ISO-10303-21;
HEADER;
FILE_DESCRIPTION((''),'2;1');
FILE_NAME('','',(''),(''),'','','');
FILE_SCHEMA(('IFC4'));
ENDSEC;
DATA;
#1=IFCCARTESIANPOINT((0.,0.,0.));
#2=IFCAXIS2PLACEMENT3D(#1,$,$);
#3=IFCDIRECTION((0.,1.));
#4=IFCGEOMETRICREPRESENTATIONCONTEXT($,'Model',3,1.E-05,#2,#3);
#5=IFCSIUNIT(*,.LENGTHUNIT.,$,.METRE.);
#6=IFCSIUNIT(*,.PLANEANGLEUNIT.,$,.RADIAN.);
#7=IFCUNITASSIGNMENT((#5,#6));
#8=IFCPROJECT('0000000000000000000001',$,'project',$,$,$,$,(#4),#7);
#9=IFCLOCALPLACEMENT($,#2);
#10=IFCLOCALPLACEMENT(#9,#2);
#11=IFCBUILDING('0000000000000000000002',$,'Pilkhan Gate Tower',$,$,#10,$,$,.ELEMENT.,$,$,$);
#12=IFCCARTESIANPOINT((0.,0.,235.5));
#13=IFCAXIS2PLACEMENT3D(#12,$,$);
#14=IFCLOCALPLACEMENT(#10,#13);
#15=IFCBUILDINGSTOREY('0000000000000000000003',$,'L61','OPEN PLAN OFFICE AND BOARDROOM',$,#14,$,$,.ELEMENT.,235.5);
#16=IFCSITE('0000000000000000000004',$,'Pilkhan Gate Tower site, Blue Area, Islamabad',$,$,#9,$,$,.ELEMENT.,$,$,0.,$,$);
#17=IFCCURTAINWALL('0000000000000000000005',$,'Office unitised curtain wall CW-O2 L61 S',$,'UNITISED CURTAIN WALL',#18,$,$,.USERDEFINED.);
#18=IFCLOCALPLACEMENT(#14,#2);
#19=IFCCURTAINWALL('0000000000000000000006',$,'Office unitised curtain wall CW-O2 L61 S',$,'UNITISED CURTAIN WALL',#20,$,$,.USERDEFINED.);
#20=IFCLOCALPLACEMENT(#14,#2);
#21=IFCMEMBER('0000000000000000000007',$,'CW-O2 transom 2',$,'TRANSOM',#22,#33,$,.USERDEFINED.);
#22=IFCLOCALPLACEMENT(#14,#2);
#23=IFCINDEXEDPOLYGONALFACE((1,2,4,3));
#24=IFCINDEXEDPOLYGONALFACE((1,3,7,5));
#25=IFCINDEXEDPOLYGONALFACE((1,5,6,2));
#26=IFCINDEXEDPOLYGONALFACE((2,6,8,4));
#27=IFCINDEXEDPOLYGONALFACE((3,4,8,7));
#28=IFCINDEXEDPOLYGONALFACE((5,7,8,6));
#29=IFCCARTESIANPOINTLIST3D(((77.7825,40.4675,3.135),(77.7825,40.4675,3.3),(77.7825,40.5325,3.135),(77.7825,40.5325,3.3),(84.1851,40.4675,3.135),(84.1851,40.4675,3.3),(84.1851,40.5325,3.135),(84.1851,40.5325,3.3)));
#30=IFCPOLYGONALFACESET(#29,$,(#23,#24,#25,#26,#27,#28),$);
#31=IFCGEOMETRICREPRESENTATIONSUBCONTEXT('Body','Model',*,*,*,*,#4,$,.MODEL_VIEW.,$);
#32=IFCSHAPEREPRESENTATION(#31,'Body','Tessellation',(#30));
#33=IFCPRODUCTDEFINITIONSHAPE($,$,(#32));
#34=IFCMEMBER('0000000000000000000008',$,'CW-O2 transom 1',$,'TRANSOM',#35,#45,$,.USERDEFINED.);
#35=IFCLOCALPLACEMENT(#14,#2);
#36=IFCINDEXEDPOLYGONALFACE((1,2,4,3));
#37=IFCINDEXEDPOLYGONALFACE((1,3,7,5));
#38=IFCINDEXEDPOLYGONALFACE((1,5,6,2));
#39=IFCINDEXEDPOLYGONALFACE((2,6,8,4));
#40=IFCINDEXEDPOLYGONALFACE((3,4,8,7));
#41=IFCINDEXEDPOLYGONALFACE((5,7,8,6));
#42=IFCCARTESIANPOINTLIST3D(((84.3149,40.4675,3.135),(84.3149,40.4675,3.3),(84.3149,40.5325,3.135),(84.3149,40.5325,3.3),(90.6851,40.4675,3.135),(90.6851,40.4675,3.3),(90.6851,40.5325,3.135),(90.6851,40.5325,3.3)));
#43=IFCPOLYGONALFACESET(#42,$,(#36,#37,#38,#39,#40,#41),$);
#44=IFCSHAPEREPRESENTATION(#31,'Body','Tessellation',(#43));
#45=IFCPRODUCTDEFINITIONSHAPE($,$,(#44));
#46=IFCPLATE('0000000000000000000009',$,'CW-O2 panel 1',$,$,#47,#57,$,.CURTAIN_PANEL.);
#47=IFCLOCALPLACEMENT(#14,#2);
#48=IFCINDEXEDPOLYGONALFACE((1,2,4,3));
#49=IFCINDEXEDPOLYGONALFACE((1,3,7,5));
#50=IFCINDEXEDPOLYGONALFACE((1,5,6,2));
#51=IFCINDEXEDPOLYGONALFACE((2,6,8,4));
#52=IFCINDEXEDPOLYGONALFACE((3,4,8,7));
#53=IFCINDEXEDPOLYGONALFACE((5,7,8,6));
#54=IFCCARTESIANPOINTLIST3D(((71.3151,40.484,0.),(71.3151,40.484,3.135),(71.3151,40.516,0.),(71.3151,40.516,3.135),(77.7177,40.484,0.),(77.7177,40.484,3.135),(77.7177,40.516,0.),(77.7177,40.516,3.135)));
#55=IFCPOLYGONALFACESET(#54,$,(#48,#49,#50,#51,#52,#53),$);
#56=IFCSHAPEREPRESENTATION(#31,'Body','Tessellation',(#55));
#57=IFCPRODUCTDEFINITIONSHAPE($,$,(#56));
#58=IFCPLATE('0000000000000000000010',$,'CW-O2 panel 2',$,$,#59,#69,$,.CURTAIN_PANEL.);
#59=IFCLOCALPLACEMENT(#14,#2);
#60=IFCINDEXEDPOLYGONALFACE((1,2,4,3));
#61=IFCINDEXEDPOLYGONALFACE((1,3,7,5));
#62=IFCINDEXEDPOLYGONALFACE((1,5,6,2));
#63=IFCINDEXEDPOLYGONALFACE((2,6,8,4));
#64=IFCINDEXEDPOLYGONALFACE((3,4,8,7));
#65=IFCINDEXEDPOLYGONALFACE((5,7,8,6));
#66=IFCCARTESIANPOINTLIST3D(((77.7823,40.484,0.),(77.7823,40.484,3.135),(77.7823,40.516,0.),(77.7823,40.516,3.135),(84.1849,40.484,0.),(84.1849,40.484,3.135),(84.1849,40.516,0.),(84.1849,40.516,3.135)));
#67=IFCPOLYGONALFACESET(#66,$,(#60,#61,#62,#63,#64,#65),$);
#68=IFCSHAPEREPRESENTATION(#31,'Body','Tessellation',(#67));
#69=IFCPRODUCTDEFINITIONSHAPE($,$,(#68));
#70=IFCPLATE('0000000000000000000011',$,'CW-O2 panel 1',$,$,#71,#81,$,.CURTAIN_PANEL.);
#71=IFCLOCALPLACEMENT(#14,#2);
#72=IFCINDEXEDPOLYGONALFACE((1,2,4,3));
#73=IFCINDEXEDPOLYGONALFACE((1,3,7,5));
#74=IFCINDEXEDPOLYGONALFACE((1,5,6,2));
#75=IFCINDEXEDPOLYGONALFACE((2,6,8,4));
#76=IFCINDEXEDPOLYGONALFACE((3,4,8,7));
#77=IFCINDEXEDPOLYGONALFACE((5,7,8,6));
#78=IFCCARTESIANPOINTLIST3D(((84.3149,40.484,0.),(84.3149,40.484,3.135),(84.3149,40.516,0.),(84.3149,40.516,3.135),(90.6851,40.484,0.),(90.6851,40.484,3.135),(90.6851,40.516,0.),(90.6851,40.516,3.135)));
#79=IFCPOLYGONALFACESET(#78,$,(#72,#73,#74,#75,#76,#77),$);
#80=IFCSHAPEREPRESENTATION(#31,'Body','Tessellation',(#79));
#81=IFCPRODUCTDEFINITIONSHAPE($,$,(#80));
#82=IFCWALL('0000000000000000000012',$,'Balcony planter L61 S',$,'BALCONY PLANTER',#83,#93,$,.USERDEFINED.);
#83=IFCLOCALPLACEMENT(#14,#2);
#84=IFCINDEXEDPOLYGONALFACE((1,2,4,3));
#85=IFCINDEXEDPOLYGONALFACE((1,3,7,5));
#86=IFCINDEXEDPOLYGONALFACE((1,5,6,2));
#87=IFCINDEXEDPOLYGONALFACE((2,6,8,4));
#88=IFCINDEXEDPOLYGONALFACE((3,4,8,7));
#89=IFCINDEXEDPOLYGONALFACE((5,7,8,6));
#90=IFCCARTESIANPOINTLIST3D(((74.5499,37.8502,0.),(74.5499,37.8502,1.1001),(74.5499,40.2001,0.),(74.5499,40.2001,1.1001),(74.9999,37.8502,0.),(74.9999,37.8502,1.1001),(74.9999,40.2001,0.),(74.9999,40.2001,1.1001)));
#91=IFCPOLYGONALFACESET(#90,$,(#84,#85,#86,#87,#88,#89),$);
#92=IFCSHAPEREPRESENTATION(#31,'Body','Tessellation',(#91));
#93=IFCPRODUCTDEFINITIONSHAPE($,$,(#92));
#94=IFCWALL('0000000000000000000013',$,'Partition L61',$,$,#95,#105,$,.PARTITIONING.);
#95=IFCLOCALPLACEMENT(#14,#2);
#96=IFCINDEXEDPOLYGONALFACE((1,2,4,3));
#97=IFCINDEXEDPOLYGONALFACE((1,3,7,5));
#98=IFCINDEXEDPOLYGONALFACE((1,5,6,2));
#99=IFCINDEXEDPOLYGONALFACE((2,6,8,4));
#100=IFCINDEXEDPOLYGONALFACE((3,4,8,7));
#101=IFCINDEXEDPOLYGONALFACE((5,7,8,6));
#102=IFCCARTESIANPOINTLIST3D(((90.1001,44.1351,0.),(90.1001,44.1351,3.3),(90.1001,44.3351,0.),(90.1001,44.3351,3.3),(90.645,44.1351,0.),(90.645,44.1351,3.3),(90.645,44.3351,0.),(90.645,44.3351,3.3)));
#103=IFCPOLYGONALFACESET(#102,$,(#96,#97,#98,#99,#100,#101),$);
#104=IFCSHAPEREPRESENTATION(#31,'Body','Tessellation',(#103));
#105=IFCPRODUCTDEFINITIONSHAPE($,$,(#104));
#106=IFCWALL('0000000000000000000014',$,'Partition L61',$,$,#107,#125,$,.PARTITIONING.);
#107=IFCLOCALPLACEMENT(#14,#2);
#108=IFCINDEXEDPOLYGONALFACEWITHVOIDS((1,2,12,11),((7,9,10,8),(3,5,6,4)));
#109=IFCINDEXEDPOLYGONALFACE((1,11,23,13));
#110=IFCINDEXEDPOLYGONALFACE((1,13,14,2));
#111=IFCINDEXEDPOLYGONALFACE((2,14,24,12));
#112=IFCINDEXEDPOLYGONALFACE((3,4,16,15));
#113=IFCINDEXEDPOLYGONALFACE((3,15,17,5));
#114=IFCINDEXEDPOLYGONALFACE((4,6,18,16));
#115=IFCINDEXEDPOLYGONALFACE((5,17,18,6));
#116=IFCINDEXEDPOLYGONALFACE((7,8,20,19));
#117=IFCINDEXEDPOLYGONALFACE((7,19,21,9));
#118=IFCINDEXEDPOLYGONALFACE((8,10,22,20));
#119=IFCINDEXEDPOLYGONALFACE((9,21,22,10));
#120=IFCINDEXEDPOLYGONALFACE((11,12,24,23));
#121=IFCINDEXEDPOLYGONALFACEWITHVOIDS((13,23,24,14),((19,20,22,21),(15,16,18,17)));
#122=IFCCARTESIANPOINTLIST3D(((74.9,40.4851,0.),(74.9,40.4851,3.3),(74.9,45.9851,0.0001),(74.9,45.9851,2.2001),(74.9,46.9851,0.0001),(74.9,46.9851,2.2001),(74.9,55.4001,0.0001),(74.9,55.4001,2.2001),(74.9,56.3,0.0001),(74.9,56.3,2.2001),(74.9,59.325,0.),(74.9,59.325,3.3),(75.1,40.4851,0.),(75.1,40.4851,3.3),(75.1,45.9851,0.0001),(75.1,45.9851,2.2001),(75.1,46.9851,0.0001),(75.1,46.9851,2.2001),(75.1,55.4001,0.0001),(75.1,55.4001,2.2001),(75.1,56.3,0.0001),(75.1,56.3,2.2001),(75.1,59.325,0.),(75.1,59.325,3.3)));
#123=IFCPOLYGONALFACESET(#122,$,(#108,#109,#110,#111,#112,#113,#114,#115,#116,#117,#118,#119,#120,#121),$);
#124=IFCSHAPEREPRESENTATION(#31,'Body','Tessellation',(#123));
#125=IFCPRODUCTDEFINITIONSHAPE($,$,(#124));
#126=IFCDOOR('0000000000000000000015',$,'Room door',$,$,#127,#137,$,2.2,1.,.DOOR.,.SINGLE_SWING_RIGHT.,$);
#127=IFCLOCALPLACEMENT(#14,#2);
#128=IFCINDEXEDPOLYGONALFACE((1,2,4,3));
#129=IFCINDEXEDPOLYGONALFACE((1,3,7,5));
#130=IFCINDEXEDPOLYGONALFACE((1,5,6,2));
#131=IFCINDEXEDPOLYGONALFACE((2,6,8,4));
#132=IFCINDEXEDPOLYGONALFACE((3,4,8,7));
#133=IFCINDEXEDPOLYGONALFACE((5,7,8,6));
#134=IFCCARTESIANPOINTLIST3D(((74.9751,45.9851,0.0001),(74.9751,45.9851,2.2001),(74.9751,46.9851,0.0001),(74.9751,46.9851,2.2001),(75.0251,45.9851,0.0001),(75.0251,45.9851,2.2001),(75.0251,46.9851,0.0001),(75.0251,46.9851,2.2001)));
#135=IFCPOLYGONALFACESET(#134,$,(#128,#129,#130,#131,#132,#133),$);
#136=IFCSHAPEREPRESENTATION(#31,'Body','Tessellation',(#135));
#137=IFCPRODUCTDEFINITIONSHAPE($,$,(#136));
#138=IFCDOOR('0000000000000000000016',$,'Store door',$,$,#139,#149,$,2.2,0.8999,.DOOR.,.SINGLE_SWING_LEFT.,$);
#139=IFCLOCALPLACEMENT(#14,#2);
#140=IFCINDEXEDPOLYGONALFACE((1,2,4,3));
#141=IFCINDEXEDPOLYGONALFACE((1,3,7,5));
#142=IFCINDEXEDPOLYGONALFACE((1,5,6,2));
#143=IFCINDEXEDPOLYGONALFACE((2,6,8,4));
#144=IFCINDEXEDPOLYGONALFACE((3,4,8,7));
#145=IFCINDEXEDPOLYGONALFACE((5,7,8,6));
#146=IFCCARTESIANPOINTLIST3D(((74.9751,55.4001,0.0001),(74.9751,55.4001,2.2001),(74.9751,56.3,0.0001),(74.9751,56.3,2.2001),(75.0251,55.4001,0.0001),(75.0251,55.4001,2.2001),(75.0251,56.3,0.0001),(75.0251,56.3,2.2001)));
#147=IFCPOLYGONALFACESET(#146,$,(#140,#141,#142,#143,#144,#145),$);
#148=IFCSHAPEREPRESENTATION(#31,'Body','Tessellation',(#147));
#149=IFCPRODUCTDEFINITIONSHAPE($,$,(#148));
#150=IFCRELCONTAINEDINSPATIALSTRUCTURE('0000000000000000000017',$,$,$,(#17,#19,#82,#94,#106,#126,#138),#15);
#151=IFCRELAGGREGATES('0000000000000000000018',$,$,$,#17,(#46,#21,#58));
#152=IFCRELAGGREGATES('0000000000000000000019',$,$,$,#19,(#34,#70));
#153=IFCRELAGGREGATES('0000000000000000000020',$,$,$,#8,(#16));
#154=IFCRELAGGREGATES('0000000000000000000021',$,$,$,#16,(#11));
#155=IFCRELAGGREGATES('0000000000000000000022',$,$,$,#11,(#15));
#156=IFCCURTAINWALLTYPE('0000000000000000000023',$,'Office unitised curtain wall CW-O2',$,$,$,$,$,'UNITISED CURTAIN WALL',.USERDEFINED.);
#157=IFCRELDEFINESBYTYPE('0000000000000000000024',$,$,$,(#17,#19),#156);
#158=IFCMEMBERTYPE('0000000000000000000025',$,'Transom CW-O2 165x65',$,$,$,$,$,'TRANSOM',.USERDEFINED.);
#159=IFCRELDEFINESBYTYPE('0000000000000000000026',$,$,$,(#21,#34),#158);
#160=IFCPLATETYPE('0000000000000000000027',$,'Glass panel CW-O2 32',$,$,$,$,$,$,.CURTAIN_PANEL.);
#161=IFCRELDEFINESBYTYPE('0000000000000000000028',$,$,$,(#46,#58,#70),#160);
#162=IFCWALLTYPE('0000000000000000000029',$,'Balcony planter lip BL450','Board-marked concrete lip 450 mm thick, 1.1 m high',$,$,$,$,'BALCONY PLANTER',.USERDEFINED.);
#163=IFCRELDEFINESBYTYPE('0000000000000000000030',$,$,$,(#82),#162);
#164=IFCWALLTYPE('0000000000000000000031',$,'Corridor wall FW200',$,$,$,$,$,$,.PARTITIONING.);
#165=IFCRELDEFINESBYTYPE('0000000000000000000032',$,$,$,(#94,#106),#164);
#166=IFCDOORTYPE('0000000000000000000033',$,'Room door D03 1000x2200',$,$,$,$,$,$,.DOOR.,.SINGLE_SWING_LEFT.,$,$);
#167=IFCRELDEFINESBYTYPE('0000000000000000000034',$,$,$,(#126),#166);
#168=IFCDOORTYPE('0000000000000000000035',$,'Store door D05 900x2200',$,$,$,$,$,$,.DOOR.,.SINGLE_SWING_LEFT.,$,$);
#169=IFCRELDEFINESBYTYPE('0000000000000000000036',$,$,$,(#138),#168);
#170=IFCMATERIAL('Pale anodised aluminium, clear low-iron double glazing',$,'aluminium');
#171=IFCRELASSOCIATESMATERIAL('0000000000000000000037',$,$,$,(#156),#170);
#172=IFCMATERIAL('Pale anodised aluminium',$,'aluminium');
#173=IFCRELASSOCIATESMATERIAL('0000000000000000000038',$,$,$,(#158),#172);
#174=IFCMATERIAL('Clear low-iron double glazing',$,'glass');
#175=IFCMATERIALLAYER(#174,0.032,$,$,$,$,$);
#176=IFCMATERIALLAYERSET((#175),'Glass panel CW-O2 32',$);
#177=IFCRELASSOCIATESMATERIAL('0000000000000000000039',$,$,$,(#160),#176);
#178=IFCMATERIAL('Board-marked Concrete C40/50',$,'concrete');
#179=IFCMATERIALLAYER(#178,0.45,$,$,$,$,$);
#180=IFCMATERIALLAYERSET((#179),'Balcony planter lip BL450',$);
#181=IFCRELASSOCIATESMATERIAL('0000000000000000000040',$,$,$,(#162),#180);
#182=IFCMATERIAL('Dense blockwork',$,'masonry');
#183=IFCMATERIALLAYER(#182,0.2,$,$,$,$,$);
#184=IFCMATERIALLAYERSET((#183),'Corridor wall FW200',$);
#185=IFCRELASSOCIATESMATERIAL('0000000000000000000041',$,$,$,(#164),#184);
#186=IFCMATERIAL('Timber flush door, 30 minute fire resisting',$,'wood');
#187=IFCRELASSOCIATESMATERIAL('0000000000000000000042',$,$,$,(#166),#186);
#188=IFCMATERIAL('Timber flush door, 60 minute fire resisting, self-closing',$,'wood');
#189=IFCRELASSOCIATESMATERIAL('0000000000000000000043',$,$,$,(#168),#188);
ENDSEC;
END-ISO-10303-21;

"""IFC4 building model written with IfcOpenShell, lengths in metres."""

from ifc_helpers import new_model, si_unit, direction, frame, frame_2d, origin, origin_2d, place, context, subcontext, project, spatial, rectangle, extrude, material, layer, layer_set, material_profile, profile_set, type_object, element, fill, aggregate, save


model = new_model("IFC4")

# Units and contexts
model_context = context("Model", 3, precision=1e-05, world=origin(), true_north=direction((0.0, 1.0)))
body_context = subcontext(model_context, "Body", "Model", "MODEL_VIEW")
ifc_project = project(units=[si_unit("LENGTHUNIT", "METRE"), si_unit("PLANEANGLEUNIT", "RADIAN")], contexts=[model_context])

# Site, building, storey
site_placement = place(None, origin())
site = spatial("IfcSite", under=ifc_project, at=site_placement, Name="Pilkhan Gate Tower site, Blue Area, Islamabad", CompositionType="ELEMENT", RefElevation=0.0)
building_placement = place(site_placement, origin())
building = spatial("IfcBuilding", under=site, at=building_placement, Name="Pilkhan Gate Tower", CompositionType="ELEMENT")
storey_placement = place(building_placement, frame((0.0, 0.0, 235.5)))
storey = spatial("IfcBuildingStorey", under=building, at=storey_placement, Name="L61", Description="OPEN PLAN OFFICE AND BOARDROOM", CompositionType="ELEMENT", Elevation=235.5)

# Curtain walls
ifc_material_1 = material(Name="Pale anodised aluminium, clear low-iron double glazing", Category="aluminium")
curtain_wall_type = type_object("IfcCurtainWallType", Name="Office unitised curtain wall CW-O2", ElementType="UNITISED CURTAIN WALL", PredefinedType="USERDEFINED", material=ifc_material_1)
curtain_wall_1_placement = place(storey_placement, origin())
curtain_wall_1 = element("IfcCurtainWall", 1, at=curtain_wall_1_placement, inside=storey, type_object=curtain_wall_type, Name="Office unitised curtain wall CW-O2 L61 S", ObjectType="UNITISED CURTAIN WALL", PredefinedType="USERDEFINED")
ifc_material_2 = material(Name="Pale anodised aluminium", Category="aluminium")
curtain_wall_2_placement = place(storey_placement, origin())
curtain_wall_2 = element("IfcCurtainWall", 2, at=curtain_wall_2_placement, inside=storey, type_object=curtain_wall_type, Name="Office unitised curtain wall CW-O2 L61 S", ObjectType="UNITISED CURTAIN WALL", PredefinedType="USERDEFINED")

# Members
ifc_material_profile_1 = material_profile(ifc_material_2, rectangle(XDim=0.0649, YDim=0.165, at=origin_2d()), Name="Transom 165x65")
ifc_profile_set_1 = profile_set([ifc_material_profile_1], Name="Pale anodised aluminium")
member_type_1 = type_object("IfcMemberType", Name="Transom CW-O2 165x65", ElementType="TRANSOM", PredefinedType="USERDEFINED", material=ifc_profile_set_1)
member_1_placement = place(storey_placement, frame((77.7825, 40.5, 3.2175), z_axis=(1.0, 0.0, 0.0), x_axis=(0.0, 1.0, 0.0)))
member_1 = element("IfcMember", 3, at=member_1_placement, type_object=member_type_1, Name="CW-O2 transom 2", ObjectType="TRANSOM", PredefinedType="USERDEFINED", context=body_context, shape_type="SweptSolid", body=[
    extrude(rectangle(XDim=0.0649, YDim=0.165, at=origin_2d()), origin(), (0.0, 0.0, 1.0), 6.4026),
])
member_2_placement = place(storey_placement, frame((84.3149, 40.5, 3.2175), z_axis=(1.0, 0.0, 0.0), x_axis=(0.0, 1.0, 0.0)))
member_2 = element("IfcMember", 4, at=member_2_placement, type_object=member_type_1, Name="CW-O2 transom 1", ObjectType="TRANSOM", PredefinedType="USERDEFINED", context=body_context, shape_type="SweptSolid", body=[
    extrude(rectangle(XDim=0.0649, YDim=0.165, at=origin_2d()), origin(), (0.0, 0.0, 1.0), 6.3701),
])

# Plates
ifc_material_3 = material(Name="Clear low-iron double glazing", Category="glass")
ifc_layer_1 = layer(ifc_material_3, 0.032)
ifc_layer_set_1 = layer_set([ifc_layer_1], Name="Glass panel CW-O2 32")
plate_type = type_object("IfcPlateType", Name="Glass panel CW-O2 32", PredefinedType="CURTAIN_PANEL", material=ifc_layer_set_1)
plate_1_placement = place(storey_placement, frame((74.5164, 40.5, 0.0), z_axis=(0.0, 0.0, 1.0), x_axis=(1.0, 0.0, 0.0)))
plate_1 = element("IfcPlate", 5, at=plate_1_placement, type_object=plate_type, Name="CW-O2 panel 1", PredefinedType="CURTAIN_PANEL", context=body_context, shape_type="SweptSolid", body=[
    extrude(rectangle(XDim=6.4026, YDim=0.032, at=origin_2d()), origin(), (0.0, 0.0, 1.0), 3.135),
])
plate_2_placement = place(storey_placement, frame((80.9836, 40.5, 0.0), z_axis=(0.0, 0.0, 1.0), x_axis=(1.0, 0.0, 0.0)))
plate_2 = element("IfcPlate", 6, at=plate_2_placement, type_object=plate_type, Name="CW-O2 panel 2", PredefinedType="CURTAIN_PANEL", context=body_context, shape_type="SweptSolid", body=[
    extrude(rectangle(XDim=6.4026, YDim=0.032, at=origin_2d()), origin(), (0.0, 0.0, 1.0), 3.135),
])
aggregate(curtain_wall_1, [plate_1, member_1, plate_2])
plate_3_placement = place(storey_placement, frame((87.5, 40.5, 0.0), z_axis=(0.0, 0.0, 1.0), x_axis=(1.0, 0.0, 0.0)))
plate_3 = element("IfcPlate", 7, at=plate_3_placement, type_object=plate_type, Name="CW-O2 panel 1", PredefinedType="CURTAIN_PANEL", context=body_context, shape_type="SweptSolid", body=[
    extrude(rectangle(XDim=6.3701, YDim=0.032, at=origin_2d()), origin(), (0.0, 0.0, 1.0), 3.135),
])
aggregate(curtain_wall_2, [member_2, plate_3])

# Walls
ifc_material_4 = material(Name="Board-marked Concrete C40/50", Category="concrete")
ifc_layer_2 = layer(ifc_material_4, 0.45)
ifc_layer_set_2 = layer_set([ifc_layer_2], Name="Balcony planter lip BL450")
wall_type_1 = type_object("IfcWallType", Name="Balcony planter lip BL450", Description="Board-marked concrete lip 450 mm thick, 1.1 m high", ElementType="BALCONY PLANTER", PredefinedType="USERDEFINED", material=ifc_layer_set_2)
wall_1_placement = place(storey_placement, frame((74.7749, 40.2, 0.0), z_axis=(0.0, 0.0, 1.0), x_axis=(0.0, -1.0, 0.0)))
element("IfcWall", 8, at=wall_1_placement, inside=storey, type_object=wall_type_1, Name="Balcony planter L61 S", ObjectType="BALCONY PLANTER", PredefinedType="USERDEFINED", context=body_context, shape_type="SweptSolid", body=[
    extrude(rectangle(XDim=2.3499, YDim=0.45, at=frame_2d((1.1748, 0.0))), origin(), (0.0, 0.0, 1.0), 1.1001),
])
ifc_material_5 = material(Name="Dense blockwork", Category="masonry")
ifc_layer_3 = layer(ifc_material_5, 0.2)
ifc_layer_set_3 = layer_set([ifc_layer_3], Name="Corridor wall FW200")
wall_type_2 = type_object("IfcWallType", Name="Corridor wall FW200", PredefinedType="PARTITIONING", material=ifc_layer_set_3)
wall_2_placement = place(storey_placement, frame((90.1001, 44.2351, 0.0), z_axis=(0.0, 0.0, 1.0), x_axis=(1.0, 0.0, 0.0)))
element("IfcWall", 9, at=wall_2_placement, inside=storey, type_object=wall_type_2, Name="Partition L61", PredefinedType="PARTITIONING", context=body_context, shape_type="SweptSolid", body=[
    extrude(rectangle(XDim=0.5449, YDim=0.2, at=frame_2d((0.2725, 0.0))), origin(), (0.0, 0.0, 1.0), 3.3),
])

# Wall, openings, doors
wall_3_placement = place(storey_placement, frame((75.0, 40.4851, 0.0), z_axis=(0.0, 0.0, 1.0), x_axis=(0.0, 1.0, 0.0)))
wall_3 = element("IfcWall", 10, at=wall_3_placement, inside=storey, type_object=wall_type_2, Name="Partition L61", PredefinedType="PARTITIONING", context=body_context, shape_type="SweptSolid", body=[
    extrude(rectangle(XDim=18.8398, YDim=0.2, at=frame_2d((9.4199, 0.0))), origin(), (0.0, 0.0, 1.0), 3.3),
])
opening_1_placement = place(wall_3_placement, frame((5.5, 0.0, 0.0)))
opening_1 = element("IfcOpeningElement", 11, at=opening_1_placement, cuts=wall_3, PredefinedType="OPENING", context=body_context, shape_type="SweptSolid", body=[
    extrude(rectangle(XDim=1.0, YDim=2.2, at=frame_2d((0.5, 1.1001))), frame((0.0, 0.1099, 0.0), z_axis=(0.0, -1.0, 0.0), x_axis=(1.0, 0.0, 0.0)), (0.0, 0.0, 1.0), 0.22),
])
opening_2_placement = place(wall_3_placement, frame((14.915, 0.0, 0.0)))
opening_2 = element("IfcOpeningElement", 12, at=opening_2_placement, cuts=wall_3, PredefinedType="OPENING", context=body_context, shape_type="SweptSolid", body=[
    extrude(rectangle(XDim=0.8999, YDim=2.2, at=frame_2d((0.45, 1.1001))), frame((0.0, 0.1099, 0.0), z_axis=(0.0, -1.0, 0.0), x_axis=(1.0, 0.0, 0.0)), (0.0, 0.0, 1.0), 0.22),
])
ifc_material_6 = material(Name="Timber flush door, 30 minute fire resisting", Category="wood")
door_type_1 = type_object("IfcDoorType", Name="Room door D03 1000x2200", OperationType="SINGLE_SWING_LEFT", PredefinedType="DOOR", material=ifc_material_6)
door_1_placement = place(opening_1_placement, origin())
door_1 = element("IfcDoor", 13, at=door_1_placement, inside=storey, type_object=door_type_1, Name="Room door", OperationType="SINGLE_SWING_RIGHT", OverallHeight=2.2, OverallWidth=1.0, PredefinedType="DOOR", context=body_context, shape_type="SweptSolid", body=[
    extrude(rectangle(XDim=1.0, YDim=2.2, at=frame_2d((0.5, 1.1001))), frame((0.0, 0.0249, 0.0), z_axis=(0.0, -1.0, 0.0), x_axis=(1.0, 0.0, 0.0)), (0.0, 0.0, 1.0), 0.05),
])
fill(opening_1, door_1)
ifc_material_7 = material(Name="Timber flush door, 60 minute fire resisting, self-closing", Category="wood")
door_type_2 = type_object("IfcDoorType", Name="Store door D05 900x2200", OperationType="SINGLE_SWING_LEFT", PredefinedType="DOOR", material=ifc_material_7)
door_2_placement = place(opening_2_placement, origin())
door_2 = element("IfcDoor", 14, at=door_2_placement, inside=storey, type_object=door_type_2, Name="Store door", OperationType="SINGLE_SWING_LEFT", OverallHeight=2.2, OverallWidth=0.8999, PredefinedType="DOOR", context=body_context, shape_type="SweptSolid", body=[
    extrude(rectangle(XDim=0.8999, YDim=2.2, at=frame_2d((0.45, 1.1001))), frame((0.0, 0.0249, 0.0), z_axis=(0.0, -1.0, 0.0), x_axis=(1.0, 0.0, 0.0)), (0.0, 0.0, 1.0), 0.05),
])
fill(opening_2, door_2)

save(model, "model.ifc")
